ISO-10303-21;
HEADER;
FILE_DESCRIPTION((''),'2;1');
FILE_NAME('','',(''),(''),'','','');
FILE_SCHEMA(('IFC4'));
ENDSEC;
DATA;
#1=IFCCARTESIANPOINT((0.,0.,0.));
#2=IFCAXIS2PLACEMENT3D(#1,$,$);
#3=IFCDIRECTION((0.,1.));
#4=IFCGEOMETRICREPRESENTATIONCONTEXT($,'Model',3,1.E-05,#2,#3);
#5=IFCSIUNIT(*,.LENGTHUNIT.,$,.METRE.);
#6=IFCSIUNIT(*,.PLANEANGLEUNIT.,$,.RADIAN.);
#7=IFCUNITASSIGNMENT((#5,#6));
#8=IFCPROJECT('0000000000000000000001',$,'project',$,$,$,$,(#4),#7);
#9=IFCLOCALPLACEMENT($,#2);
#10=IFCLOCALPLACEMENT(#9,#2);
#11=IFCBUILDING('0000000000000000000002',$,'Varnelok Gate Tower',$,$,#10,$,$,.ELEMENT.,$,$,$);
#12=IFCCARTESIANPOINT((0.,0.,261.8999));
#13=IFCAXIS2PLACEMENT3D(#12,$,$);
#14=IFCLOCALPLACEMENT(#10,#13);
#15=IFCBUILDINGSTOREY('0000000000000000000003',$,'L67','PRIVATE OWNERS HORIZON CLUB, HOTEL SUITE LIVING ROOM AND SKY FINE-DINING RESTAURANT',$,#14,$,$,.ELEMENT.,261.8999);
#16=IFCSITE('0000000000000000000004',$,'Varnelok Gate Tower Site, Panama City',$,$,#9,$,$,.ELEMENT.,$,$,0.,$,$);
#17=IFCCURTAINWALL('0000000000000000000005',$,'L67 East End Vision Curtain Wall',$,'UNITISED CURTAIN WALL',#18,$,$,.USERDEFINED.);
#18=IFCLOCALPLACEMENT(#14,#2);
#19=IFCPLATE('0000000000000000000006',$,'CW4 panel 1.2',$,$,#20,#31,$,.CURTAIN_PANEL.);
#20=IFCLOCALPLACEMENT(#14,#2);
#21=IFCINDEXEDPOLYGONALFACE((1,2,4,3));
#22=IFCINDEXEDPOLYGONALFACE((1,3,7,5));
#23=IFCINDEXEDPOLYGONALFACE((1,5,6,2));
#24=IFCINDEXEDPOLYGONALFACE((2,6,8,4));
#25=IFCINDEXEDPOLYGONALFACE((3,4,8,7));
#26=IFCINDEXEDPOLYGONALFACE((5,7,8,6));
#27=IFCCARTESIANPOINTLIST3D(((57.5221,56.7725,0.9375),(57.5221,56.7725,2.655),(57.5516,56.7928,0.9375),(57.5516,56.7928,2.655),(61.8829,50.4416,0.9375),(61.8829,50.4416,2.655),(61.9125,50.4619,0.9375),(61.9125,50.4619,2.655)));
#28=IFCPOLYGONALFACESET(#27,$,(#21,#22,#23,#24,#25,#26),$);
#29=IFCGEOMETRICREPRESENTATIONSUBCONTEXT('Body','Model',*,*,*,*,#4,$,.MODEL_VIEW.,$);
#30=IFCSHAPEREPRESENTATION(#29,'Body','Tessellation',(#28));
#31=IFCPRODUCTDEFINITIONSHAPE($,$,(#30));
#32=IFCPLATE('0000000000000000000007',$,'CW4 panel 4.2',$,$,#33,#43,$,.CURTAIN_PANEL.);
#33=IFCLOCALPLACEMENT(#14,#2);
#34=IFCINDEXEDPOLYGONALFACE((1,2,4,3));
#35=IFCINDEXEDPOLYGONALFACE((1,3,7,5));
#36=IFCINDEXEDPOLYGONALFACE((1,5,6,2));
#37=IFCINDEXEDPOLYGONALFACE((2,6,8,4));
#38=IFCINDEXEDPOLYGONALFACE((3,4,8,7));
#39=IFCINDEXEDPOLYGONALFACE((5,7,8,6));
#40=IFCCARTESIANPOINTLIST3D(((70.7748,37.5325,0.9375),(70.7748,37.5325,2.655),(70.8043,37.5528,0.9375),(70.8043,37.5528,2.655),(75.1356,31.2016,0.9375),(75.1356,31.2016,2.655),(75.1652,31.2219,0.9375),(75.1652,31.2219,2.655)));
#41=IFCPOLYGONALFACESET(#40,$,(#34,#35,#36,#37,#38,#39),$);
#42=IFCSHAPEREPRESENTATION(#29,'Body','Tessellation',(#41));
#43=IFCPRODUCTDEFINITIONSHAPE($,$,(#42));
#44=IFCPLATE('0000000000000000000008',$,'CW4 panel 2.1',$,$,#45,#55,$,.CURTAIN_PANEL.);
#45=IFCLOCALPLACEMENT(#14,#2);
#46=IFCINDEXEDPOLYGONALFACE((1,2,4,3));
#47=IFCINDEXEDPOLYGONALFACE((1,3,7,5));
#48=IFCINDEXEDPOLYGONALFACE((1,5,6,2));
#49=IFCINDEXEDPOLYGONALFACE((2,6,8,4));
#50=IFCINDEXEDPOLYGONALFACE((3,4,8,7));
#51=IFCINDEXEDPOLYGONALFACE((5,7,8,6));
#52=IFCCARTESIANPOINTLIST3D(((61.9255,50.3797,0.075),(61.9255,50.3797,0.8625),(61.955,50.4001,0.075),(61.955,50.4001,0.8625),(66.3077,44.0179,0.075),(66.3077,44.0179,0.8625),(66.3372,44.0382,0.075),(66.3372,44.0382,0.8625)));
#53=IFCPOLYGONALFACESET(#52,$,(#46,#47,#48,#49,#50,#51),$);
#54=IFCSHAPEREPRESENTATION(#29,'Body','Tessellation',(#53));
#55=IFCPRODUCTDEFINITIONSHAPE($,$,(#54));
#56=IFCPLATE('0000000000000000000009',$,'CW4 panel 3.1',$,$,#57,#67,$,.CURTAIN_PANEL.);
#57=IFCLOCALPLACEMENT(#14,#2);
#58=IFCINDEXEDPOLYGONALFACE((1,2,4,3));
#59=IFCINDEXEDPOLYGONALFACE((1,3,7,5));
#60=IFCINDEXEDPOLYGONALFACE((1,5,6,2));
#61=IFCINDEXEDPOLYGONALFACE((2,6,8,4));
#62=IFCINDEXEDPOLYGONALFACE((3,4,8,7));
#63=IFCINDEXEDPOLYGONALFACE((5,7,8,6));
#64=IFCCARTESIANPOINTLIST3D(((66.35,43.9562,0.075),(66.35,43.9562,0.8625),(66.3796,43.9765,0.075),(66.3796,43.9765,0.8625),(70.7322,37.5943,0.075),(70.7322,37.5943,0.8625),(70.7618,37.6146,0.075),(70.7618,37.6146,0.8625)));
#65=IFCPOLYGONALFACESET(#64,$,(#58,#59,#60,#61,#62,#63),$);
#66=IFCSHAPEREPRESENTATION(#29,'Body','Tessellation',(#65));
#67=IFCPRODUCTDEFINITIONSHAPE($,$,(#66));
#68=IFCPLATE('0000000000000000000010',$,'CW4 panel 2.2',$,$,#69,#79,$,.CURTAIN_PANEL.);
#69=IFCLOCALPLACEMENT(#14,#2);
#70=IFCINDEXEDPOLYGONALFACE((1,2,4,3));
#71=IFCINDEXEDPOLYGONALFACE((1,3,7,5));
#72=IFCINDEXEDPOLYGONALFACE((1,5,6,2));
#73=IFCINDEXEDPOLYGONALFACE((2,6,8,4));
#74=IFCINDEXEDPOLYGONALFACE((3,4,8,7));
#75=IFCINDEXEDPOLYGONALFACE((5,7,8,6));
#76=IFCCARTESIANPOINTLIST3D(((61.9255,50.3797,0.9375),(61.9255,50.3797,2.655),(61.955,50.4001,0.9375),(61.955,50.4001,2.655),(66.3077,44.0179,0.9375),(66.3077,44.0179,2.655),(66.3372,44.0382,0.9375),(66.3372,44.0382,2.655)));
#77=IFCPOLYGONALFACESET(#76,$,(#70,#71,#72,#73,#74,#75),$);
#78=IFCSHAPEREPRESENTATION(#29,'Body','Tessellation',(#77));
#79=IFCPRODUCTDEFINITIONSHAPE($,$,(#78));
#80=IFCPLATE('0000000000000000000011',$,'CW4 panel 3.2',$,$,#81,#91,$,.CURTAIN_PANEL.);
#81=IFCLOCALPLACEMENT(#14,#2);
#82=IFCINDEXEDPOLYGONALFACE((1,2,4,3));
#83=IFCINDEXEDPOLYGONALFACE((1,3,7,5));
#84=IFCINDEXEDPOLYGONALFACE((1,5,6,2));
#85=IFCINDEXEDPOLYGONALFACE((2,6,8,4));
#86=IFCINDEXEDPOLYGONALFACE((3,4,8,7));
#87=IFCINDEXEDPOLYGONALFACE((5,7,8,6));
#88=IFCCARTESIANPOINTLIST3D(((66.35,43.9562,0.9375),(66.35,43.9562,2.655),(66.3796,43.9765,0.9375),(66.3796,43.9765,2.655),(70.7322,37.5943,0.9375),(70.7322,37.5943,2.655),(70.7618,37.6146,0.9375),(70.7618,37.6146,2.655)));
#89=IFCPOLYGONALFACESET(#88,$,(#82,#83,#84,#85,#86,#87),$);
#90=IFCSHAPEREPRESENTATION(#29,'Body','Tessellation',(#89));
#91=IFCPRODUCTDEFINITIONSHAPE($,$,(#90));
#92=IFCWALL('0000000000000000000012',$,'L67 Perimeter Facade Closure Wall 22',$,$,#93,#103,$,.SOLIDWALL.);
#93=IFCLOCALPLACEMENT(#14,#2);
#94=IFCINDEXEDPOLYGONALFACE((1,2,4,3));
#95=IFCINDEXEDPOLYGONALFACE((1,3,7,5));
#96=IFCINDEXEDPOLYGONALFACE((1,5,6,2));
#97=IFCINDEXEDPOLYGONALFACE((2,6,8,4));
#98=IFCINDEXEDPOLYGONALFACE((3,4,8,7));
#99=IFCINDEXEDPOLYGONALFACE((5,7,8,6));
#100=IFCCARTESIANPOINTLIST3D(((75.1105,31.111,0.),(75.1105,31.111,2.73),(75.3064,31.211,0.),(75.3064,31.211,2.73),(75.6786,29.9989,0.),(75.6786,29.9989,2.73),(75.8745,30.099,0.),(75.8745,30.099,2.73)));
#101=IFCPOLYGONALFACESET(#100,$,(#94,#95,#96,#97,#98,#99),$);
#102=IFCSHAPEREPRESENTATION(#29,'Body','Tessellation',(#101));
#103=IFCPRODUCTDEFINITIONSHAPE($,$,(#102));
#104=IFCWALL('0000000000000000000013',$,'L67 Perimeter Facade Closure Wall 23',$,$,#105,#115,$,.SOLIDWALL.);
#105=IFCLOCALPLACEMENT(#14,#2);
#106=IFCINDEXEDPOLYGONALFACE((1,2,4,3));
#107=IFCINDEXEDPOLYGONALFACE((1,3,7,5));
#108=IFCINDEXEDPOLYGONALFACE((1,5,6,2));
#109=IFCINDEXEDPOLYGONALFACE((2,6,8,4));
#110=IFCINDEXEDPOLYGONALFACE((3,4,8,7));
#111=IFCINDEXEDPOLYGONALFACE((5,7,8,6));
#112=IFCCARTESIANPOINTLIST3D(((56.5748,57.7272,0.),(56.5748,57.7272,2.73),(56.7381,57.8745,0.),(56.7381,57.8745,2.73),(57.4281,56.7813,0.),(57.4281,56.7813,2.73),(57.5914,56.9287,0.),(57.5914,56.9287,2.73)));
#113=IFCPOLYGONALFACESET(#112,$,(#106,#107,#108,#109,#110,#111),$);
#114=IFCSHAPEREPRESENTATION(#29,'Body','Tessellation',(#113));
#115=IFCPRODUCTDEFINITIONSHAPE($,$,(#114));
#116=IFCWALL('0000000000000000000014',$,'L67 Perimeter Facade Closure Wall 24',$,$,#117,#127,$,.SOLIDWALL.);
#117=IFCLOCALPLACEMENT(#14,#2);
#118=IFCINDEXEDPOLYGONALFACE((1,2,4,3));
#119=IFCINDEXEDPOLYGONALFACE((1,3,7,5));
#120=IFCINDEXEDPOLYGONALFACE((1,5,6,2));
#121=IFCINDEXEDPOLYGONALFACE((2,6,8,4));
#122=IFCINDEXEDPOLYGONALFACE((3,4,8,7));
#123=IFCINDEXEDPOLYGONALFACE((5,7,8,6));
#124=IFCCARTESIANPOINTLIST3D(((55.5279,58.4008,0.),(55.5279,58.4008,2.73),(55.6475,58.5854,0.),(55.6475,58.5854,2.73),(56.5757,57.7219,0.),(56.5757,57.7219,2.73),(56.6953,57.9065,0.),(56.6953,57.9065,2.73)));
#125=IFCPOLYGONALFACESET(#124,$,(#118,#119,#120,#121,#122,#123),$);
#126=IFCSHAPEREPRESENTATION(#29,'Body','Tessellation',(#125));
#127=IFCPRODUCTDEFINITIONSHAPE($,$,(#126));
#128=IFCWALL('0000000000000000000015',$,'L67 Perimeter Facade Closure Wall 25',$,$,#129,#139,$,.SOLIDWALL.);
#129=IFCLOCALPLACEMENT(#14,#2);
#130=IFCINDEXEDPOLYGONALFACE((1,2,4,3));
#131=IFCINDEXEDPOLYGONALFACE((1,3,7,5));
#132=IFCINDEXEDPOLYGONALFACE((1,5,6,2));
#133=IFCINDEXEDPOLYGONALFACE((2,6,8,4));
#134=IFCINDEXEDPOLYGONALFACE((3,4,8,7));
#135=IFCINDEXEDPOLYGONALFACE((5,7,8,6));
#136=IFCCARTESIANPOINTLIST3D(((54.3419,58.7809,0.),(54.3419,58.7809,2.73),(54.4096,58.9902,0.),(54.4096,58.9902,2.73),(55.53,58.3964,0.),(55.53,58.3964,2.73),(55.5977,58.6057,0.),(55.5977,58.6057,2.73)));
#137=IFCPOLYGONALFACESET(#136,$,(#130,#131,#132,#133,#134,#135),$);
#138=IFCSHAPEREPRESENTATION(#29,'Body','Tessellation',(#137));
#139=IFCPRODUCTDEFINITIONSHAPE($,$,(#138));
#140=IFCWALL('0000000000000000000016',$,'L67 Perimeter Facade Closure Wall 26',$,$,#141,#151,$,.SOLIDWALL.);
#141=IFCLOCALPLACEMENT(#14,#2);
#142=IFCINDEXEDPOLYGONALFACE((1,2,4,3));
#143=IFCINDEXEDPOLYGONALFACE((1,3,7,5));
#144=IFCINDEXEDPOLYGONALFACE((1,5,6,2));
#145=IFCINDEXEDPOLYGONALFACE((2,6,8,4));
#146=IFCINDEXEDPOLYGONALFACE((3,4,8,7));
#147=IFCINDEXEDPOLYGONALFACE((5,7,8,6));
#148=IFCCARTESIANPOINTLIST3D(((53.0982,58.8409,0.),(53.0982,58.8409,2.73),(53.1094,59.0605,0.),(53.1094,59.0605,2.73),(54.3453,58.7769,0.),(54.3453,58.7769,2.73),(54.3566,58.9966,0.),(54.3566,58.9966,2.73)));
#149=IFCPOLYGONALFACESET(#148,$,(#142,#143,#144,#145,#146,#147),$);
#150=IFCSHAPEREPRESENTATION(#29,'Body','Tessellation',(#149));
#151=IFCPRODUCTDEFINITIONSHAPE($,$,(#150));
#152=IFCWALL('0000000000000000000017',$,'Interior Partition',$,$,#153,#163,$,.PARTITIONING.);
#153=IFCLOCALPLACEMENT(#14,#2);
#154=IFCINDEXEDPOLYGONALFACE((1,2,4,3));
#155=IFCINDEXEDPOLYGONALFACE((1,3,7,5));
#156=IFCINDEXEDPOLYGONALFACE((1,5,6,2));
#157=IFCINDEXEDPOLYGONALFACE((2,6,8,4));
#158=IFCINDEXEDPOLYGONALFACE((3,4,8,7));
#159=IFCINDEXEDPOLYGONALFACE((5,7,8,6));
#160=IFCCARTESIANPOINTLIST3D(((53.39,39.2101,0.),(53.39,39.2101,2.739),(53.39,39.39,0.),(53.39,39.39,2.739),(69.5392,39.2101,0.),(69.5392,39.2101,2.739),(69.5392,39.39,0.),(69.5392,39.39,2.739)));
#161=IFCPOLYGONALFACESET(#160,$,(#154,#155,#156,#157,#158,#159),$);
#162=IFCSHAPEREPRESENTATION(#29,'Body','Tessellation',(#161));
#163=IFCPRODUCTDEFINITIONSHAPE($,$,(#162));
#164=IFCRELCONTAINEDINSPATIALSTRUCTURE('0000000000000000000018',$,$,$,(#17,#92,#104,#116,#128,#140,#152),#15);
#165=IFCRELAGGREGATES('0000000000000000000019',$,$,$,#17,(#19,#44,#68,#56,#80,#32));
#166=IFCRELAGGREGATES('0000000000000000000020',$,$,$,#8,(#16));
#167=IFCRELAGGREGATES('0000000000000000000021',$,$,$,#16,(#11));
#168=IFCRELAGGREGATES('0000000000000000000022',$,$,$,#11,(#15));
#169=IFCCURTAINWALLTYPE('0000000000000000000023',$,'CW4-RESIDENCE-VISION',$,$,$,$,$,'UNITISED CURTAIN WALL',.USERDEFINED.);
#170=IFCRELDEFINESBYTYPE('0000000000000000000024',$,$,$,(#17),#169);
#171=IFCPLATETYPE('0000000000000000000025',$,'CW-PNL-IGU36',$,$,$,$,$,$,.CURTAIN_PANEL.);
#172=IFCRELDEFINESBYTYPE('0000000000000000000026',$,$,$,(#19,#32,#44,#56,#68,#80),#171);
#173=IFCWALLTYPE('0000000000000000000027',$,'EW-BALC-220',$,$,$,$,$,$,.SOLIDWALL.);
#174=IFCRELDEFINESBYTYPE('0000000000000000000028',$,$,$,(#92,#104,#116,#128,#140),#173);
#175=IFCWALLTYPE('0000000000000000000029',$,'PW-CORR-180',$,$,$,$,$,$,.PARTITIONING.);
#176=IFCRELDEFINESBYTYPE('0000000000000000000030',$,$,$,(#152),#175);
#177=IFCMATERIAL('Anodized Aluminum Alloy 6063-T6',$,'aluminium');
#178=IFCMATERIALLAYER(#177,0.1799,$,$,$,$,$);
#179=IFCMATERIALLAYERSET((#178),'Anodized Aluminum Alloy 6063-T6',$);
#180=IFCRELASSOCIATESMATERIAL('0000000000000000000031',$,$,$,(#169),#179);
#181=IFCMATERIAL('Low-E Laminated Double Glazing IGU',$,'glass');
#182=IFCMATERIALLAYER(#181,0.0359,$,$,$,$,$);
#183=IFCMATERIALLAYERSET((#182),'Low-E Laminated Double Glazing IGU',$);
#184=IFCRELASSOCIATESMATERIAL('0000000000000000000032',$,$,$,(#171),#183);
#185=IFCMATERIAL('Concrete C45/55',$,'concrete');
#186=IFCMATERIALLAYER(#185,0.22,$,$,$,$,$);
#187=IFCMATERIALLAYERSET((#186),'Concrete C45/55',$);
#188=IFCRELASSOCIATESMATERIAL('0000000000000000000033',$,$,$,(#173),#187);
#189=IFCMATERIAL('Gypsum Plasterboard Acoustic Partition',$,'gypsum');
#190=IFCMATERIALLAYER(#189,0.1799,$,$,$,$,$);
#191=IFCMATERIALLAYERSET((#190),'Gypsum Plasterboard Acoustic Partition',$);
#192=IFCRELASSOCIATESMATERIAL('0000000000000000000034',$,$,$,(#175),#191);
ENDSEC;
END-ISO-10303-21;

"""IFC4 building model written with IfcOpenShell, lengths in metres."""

from ifc_helpers import new_model, si_unit, direction, frame, frame_2d, origin, origin_2d, place, context, subcontext, project, spatial, rectangle, extrude, source, transform, mapped, material, layer, layer_set, type_object, element, aggregate, save


model = new_model("IFC4")

# Units and contexts
model_context = context("Model", 3, precision=1e-05, world=origin(), true_north=direction((0.0, 1.0)))
body_context = subcontext(model_context, "Body", "Model", "MODEL_VIEW")
ifc_project = project(units=[si_unit("LENGTHUNIT", "METRE"), si_unit("PLANEANGLEUNIT", "RADIAN")], contexts=[model_context])

# Site, building, storey
site_placement = place(None, origin())
site = spatial("IfcSite", under=ifc_project, at=site_placement, Name="Varnelok Gate Tower Site, Panama City", CompositionType="ELEMENT", RefElevation=0.0)
building_placement = place(site_placement, origin())
building = spatial("IfcBuilding", under=site, at=building_placement, Name="Varnelok Gate Tower", CompositionType="ELEMENT")
storey_placement = place(building_placement, frame((0.0, 0.0, 261.8999)))
storey = spatial("IfcBuildingStorey", under=building, at=storey_placement, Name="L67", Description="PRIVATE OWNERS HORIZON CLUB, HOTEL SUITE LIVING ROOM AND SKY FINE-DINING RESTAURANT", CompositionType="ELEMENT", Elevation=261.8999)

# Curtain wall, plates
ifc_material_1 = material(Name="Anodized Aluminum Alloy 6063-T6", Category="aluminium")
ifc_layer_1 = layer(ifc_material_1, 0.1799)
ifc_layer_set_1 = layer_set([ifc_layer_1], Name="Anodized Aluminum Alloy 6063-T6")
curtain_wall_type = type_object("IfcCurtainWallType", Name="CW4-RESIDENCE-VISION", ElementType="UNITISED CURTAIN WALL", PredefinedType="USERDEFINED", material=ifc_layer_set_1)
curtain_wall_placement = place(storey_placement, origin())
curtain_wall = element("IfcCurtainWall", 1, at=curtain_wall_placement, inside=storey, type_object=curtain_wall_type, Name="L67 East End Vision Curtain Wall", ObjectType="UNITISED CURTAIN WALL", PredefinedType="USERDEFINED")
ifc_material_2 = material(Name="Low-E Laminated Double Glazing IGU", Category="glass")
ifc_layer_2 = layer(ifc_material_2, 0.0359)
ifc_layer_set_2 = layer_set([ifc_layer_2], Name="Low-E Laminated Double Glazing IGU")
plate_type = type_object("IfcPlateType", Name="CW-PNL-IGU36", PredefinedType="CURTAIN_PANEL", material=ifc_layer_set_2)
shared_shape_1 = source(origin(), body_context, "Body", "SweptSolid", [
    extrude(rectangle(XDim=7.6875, YDim=0.0359, at=origin_2d()), origin(), (0.0, 0.0, 1.0), 1.7175),
])
plate_1_placement = place(storey_placement, frame((59.7173, 53.6172, 0.9375), z_axis=(0.0, 0.0, 1.0), x_axis=(0.567269, -0.823532, 0.0)))
plate_1 = element("IfcPlate", 2, at=plate_1_placement, type_object=plate_type, Name="CW4 panel 1.2", PredefinedType="CURTAIN_PANEL", context=body_context, shape_type="MappedRepresentation", body=[
    mapped(shared_shape_1, transform((0.0, 0.0, 0.0), scale=1.0)),
])
plate_2_placement = place(storey_placement, frame((72.97, 34.3772, 0.9375), z_axis=(0.0, 0.0, 1.0), x_axis=(0.567269, -0.823532, 0.0)))
plate_2 = element("IfcPlate", 3, at=plate_2_placement, type_object=plate_type, Name="CW4 panel 4.2", PredefinedType="CURTAIN_PANEL", context=body_context, shape_type="MappedRepresentation", body=[
    mapped(shared_shape_1, transform((0.0, 0.0, 0.0), scale=1.0)),
])
shared_shape_2 = source(origin(), body_context, "Body", "SweptSolid", [
    extrude(rectangle(XDim=7.7251, YDim=0.0359, at=origin_2d()), origin(), (0.0, 0.0, 1.0), 0.7876),
])
plate_3_placement = place(storey_placement, frame((64.1313, 47.209, 0.075), z_axis=(0.0, 0.0, 1.0), x_axis=(0.567269, -0.823532, 0.0)))
plate_3 = element("IfcPlate", 4, at=plate_3_placement, type_object=plate_type, Name="CW4 panel 2.1", PredefinedType="CURTAIN_PANEL", context=body_context, shape_type="MappedRepresentation", body=[
    mapped(shared_shape_2, transform((0.0, 0.0, 0.0), scale=1.0)),
])
plate_4_placement = place(storey_placement, frame((68.5559, 40.7854, 0.075), z_axis=(0.0, 0.0, 1.0), x_axis=(0.567269, -0.823532, 0.0)))
plate_4 = element("IfcPlate", 5, at=plate_4_placement, type_object=plate_type, Name="CW4 panel 3.1", PredefinedType="CURTAIN_PANEL", context=body_context, shape_type="MappedRepresentation", body=[
    mapped(shared_shape_2, transform((0.0, 0.0, 0.0), scale=1.0)),
])
shared_shape_3 = source(origin(), body_context, "Body", "SweptSolid", [
    extrude(rectangle(XDim=7.7251, YDim=0.0359, at=origin_2d()), origin(), (0.0, 0.0, 1.0), 1.7175),
])
plate_5_placement = place(storey_placement, frame((64.1313, 47.209, 0.9375), z_axis=(0.0, 0.0, 1.0), x_axis=(0.567269, -0.823532, 0.0)))
plate_5 = element("IfcPlate", 6, at=plate_5_placement, type_object=plate_type, Name="CW4 panel 2.2", PredefinedType="CURTAIN_PANEL", context=body_context, shape_type="MappedRepresentation", body=[
    mapped(shared_shape_3, transform((0.0, 0.0, 0.0), scale=1.0)),
])
plate_6_placement = place(storey_placement, frame((68.5559, 40.7854, 0.9375), z_axis=(0.0, 0.0, 1.0), x_axis=(0.567269, -0.823532, 0.0)))
plate_6 = element("IfcPlate", 7, at=plate_6_placement, type_object=plate_type, Name="CW4 panel 3.2", PredefinedType="CURTAIN_PANEL", context=body_context, shape_type="MappedRepresentation", body=[
    mapped(shared_shape_3, transform((0.0, 0.0, 0.0), scale=1.0)),
])
aggregate(curtain_wall, [plate_1, plate_3, plate_5, plate_4, plate_6, plate_2])

# Walls
ifc_material_3 = material(Name="Concrete C45/55", Category="concrete")
ifc_layer_3 = layer(ifc_material_3, 0.22)
ifc_layer_set_3 = layer_set([ifc_layer_3], Name="Concrete C45/55")
wall_type_1 = type_object("IfcWallType", Name="EW-BALC-220", PredefinedType="SOLIDWALL", material=ifc_layer_set_3)
wall_1_placement = place(storey_placement, frame((75.7766, 30.0488, 0.0), z_axis=(0.0, 0.0, 1.0), x_axis=(-0.454939, 0.890523, 0.0)))
element("IfcWall", 8, at=wall_1_placement, inside=storey, type_object=wall_type_1, Name="L67 Perimeter Facade Closure Wall 22", PredefinedType="SOLIDWALL", context=body_context, shape_type="SweptSolid", body=[
    extrude(rectangle(XDim=1.2488, YDim=0.22, at=frame_2d((0.6245, 0.0))), origin(), (0.0, 0.0, 1.0), 2.73),
])
wall_2_placement = place(storey_placement, frame((57.5098, 56.855, 0.0), z_axis=(0.0, 0.0, 1.0), x_axis=(-0.669854, 0.742493, 0.0)))
element("IfcWall", 9, at=wall_2_placement, inside=storey, type_object=wall_type_1, Name="L67 Perimeter Facade Closure Wall 23", PredefinedType="SOLIDWALL", context=body_context, shape_type="SweptSolid", body=[
    extrude(rectangle(XDim=1.2739, YDim=0.22, at=frame_2d((0.637, 0.0))), origin(), (0.0, 0.0, 1.0), 2.73),
])
wall_3_placement = place(storey_placement, frame((56.6355, 57.8142, 0.0), z_axis=(0.0, 0.0, 1.0), x_axis=(-0.839229, 0.543778, 0.0)))
element("IfcWall", 10, at=wall_3_placement, inside=storey, type_object=wall_type_1, Name="L67 Perimeter Facade Closure Wall 24", PredefinedType="SOLIDWALL", context=body_context, shape_type="SweptSolid", body=[
    extrude(rectangle(XDim=1.2485, YDim=0.22, at=frame_2d((0.6243, 0.0))), origin(), (0.0, 0.0, 1.0), 2.73),
])
for number, where, z_axis, x_axis, name in (
    (11, (55.564, 58.501, 0.0), (0.0, 0.0, 1.0), (-0.951404, 0.307945, 0.0), "L67 Perimeter Facade Closure Wall 25"),
    (12, (54.3511, 58.8867, 0.0), (0.0, 0.0, 1.0), (-0.998687, 0.051225, 0.0), "L67 Perimeter Facade Closure Wall 26"),
):
    element("IfcWall", number, at=place(storey_placement, frame(where, z_axis=z_axis, x_axis=x_axis)), inside=storey, type_object=wall_type_1, Name=name, PredefinedType="SOLIDWALL", context=body_context, shape_type="SweptSolid", body=[
        extrude(rectangle(XDim=1.2488, YDim=0.22, at=frame_2d((0.6245, 0.0))), origin(), (0.0, 0.0, 1.0), 2.73),
    ])
ifc_material_4 = material(Name="Gypsum Plasterboard Acoustic Partition", Category="gypsum")
ifc_layer_4 = layer(ifc_material_4, 0.1799)
ifc_layer_set_4 = layer_set([ifc_layer_4], Name="Gypsum Plasterboard Acoustic Partition")
wall_type_2 = type_object("IfcWallType", Name="PW-CORR-180", PredefinedType="PARTITIONING", material=ifc_layer_set_4)
wall_4_placement = place(storey_placement, frame((53.3899, 39.3, 0.0), z_axis=(0.0, 0.0, 1.0), x_axis=(1.0, 0.0, 0.0)))
element("IfcWall", 13, at=wall_4_placement, inside=storey, type_object=wall_type_2, Name="Interior Partition", PredefinedType="PARTITIONING", context=body_context, shape_type="SweptSolid", body=[
    extrude(rectangle(XDim=16.1492, YDim=0.1799, at=frame_2d((8.0747, 0.0))), origin(), (0.0, 0.0, 1.0), 2.739),
])

save(model, "model.ifc")
